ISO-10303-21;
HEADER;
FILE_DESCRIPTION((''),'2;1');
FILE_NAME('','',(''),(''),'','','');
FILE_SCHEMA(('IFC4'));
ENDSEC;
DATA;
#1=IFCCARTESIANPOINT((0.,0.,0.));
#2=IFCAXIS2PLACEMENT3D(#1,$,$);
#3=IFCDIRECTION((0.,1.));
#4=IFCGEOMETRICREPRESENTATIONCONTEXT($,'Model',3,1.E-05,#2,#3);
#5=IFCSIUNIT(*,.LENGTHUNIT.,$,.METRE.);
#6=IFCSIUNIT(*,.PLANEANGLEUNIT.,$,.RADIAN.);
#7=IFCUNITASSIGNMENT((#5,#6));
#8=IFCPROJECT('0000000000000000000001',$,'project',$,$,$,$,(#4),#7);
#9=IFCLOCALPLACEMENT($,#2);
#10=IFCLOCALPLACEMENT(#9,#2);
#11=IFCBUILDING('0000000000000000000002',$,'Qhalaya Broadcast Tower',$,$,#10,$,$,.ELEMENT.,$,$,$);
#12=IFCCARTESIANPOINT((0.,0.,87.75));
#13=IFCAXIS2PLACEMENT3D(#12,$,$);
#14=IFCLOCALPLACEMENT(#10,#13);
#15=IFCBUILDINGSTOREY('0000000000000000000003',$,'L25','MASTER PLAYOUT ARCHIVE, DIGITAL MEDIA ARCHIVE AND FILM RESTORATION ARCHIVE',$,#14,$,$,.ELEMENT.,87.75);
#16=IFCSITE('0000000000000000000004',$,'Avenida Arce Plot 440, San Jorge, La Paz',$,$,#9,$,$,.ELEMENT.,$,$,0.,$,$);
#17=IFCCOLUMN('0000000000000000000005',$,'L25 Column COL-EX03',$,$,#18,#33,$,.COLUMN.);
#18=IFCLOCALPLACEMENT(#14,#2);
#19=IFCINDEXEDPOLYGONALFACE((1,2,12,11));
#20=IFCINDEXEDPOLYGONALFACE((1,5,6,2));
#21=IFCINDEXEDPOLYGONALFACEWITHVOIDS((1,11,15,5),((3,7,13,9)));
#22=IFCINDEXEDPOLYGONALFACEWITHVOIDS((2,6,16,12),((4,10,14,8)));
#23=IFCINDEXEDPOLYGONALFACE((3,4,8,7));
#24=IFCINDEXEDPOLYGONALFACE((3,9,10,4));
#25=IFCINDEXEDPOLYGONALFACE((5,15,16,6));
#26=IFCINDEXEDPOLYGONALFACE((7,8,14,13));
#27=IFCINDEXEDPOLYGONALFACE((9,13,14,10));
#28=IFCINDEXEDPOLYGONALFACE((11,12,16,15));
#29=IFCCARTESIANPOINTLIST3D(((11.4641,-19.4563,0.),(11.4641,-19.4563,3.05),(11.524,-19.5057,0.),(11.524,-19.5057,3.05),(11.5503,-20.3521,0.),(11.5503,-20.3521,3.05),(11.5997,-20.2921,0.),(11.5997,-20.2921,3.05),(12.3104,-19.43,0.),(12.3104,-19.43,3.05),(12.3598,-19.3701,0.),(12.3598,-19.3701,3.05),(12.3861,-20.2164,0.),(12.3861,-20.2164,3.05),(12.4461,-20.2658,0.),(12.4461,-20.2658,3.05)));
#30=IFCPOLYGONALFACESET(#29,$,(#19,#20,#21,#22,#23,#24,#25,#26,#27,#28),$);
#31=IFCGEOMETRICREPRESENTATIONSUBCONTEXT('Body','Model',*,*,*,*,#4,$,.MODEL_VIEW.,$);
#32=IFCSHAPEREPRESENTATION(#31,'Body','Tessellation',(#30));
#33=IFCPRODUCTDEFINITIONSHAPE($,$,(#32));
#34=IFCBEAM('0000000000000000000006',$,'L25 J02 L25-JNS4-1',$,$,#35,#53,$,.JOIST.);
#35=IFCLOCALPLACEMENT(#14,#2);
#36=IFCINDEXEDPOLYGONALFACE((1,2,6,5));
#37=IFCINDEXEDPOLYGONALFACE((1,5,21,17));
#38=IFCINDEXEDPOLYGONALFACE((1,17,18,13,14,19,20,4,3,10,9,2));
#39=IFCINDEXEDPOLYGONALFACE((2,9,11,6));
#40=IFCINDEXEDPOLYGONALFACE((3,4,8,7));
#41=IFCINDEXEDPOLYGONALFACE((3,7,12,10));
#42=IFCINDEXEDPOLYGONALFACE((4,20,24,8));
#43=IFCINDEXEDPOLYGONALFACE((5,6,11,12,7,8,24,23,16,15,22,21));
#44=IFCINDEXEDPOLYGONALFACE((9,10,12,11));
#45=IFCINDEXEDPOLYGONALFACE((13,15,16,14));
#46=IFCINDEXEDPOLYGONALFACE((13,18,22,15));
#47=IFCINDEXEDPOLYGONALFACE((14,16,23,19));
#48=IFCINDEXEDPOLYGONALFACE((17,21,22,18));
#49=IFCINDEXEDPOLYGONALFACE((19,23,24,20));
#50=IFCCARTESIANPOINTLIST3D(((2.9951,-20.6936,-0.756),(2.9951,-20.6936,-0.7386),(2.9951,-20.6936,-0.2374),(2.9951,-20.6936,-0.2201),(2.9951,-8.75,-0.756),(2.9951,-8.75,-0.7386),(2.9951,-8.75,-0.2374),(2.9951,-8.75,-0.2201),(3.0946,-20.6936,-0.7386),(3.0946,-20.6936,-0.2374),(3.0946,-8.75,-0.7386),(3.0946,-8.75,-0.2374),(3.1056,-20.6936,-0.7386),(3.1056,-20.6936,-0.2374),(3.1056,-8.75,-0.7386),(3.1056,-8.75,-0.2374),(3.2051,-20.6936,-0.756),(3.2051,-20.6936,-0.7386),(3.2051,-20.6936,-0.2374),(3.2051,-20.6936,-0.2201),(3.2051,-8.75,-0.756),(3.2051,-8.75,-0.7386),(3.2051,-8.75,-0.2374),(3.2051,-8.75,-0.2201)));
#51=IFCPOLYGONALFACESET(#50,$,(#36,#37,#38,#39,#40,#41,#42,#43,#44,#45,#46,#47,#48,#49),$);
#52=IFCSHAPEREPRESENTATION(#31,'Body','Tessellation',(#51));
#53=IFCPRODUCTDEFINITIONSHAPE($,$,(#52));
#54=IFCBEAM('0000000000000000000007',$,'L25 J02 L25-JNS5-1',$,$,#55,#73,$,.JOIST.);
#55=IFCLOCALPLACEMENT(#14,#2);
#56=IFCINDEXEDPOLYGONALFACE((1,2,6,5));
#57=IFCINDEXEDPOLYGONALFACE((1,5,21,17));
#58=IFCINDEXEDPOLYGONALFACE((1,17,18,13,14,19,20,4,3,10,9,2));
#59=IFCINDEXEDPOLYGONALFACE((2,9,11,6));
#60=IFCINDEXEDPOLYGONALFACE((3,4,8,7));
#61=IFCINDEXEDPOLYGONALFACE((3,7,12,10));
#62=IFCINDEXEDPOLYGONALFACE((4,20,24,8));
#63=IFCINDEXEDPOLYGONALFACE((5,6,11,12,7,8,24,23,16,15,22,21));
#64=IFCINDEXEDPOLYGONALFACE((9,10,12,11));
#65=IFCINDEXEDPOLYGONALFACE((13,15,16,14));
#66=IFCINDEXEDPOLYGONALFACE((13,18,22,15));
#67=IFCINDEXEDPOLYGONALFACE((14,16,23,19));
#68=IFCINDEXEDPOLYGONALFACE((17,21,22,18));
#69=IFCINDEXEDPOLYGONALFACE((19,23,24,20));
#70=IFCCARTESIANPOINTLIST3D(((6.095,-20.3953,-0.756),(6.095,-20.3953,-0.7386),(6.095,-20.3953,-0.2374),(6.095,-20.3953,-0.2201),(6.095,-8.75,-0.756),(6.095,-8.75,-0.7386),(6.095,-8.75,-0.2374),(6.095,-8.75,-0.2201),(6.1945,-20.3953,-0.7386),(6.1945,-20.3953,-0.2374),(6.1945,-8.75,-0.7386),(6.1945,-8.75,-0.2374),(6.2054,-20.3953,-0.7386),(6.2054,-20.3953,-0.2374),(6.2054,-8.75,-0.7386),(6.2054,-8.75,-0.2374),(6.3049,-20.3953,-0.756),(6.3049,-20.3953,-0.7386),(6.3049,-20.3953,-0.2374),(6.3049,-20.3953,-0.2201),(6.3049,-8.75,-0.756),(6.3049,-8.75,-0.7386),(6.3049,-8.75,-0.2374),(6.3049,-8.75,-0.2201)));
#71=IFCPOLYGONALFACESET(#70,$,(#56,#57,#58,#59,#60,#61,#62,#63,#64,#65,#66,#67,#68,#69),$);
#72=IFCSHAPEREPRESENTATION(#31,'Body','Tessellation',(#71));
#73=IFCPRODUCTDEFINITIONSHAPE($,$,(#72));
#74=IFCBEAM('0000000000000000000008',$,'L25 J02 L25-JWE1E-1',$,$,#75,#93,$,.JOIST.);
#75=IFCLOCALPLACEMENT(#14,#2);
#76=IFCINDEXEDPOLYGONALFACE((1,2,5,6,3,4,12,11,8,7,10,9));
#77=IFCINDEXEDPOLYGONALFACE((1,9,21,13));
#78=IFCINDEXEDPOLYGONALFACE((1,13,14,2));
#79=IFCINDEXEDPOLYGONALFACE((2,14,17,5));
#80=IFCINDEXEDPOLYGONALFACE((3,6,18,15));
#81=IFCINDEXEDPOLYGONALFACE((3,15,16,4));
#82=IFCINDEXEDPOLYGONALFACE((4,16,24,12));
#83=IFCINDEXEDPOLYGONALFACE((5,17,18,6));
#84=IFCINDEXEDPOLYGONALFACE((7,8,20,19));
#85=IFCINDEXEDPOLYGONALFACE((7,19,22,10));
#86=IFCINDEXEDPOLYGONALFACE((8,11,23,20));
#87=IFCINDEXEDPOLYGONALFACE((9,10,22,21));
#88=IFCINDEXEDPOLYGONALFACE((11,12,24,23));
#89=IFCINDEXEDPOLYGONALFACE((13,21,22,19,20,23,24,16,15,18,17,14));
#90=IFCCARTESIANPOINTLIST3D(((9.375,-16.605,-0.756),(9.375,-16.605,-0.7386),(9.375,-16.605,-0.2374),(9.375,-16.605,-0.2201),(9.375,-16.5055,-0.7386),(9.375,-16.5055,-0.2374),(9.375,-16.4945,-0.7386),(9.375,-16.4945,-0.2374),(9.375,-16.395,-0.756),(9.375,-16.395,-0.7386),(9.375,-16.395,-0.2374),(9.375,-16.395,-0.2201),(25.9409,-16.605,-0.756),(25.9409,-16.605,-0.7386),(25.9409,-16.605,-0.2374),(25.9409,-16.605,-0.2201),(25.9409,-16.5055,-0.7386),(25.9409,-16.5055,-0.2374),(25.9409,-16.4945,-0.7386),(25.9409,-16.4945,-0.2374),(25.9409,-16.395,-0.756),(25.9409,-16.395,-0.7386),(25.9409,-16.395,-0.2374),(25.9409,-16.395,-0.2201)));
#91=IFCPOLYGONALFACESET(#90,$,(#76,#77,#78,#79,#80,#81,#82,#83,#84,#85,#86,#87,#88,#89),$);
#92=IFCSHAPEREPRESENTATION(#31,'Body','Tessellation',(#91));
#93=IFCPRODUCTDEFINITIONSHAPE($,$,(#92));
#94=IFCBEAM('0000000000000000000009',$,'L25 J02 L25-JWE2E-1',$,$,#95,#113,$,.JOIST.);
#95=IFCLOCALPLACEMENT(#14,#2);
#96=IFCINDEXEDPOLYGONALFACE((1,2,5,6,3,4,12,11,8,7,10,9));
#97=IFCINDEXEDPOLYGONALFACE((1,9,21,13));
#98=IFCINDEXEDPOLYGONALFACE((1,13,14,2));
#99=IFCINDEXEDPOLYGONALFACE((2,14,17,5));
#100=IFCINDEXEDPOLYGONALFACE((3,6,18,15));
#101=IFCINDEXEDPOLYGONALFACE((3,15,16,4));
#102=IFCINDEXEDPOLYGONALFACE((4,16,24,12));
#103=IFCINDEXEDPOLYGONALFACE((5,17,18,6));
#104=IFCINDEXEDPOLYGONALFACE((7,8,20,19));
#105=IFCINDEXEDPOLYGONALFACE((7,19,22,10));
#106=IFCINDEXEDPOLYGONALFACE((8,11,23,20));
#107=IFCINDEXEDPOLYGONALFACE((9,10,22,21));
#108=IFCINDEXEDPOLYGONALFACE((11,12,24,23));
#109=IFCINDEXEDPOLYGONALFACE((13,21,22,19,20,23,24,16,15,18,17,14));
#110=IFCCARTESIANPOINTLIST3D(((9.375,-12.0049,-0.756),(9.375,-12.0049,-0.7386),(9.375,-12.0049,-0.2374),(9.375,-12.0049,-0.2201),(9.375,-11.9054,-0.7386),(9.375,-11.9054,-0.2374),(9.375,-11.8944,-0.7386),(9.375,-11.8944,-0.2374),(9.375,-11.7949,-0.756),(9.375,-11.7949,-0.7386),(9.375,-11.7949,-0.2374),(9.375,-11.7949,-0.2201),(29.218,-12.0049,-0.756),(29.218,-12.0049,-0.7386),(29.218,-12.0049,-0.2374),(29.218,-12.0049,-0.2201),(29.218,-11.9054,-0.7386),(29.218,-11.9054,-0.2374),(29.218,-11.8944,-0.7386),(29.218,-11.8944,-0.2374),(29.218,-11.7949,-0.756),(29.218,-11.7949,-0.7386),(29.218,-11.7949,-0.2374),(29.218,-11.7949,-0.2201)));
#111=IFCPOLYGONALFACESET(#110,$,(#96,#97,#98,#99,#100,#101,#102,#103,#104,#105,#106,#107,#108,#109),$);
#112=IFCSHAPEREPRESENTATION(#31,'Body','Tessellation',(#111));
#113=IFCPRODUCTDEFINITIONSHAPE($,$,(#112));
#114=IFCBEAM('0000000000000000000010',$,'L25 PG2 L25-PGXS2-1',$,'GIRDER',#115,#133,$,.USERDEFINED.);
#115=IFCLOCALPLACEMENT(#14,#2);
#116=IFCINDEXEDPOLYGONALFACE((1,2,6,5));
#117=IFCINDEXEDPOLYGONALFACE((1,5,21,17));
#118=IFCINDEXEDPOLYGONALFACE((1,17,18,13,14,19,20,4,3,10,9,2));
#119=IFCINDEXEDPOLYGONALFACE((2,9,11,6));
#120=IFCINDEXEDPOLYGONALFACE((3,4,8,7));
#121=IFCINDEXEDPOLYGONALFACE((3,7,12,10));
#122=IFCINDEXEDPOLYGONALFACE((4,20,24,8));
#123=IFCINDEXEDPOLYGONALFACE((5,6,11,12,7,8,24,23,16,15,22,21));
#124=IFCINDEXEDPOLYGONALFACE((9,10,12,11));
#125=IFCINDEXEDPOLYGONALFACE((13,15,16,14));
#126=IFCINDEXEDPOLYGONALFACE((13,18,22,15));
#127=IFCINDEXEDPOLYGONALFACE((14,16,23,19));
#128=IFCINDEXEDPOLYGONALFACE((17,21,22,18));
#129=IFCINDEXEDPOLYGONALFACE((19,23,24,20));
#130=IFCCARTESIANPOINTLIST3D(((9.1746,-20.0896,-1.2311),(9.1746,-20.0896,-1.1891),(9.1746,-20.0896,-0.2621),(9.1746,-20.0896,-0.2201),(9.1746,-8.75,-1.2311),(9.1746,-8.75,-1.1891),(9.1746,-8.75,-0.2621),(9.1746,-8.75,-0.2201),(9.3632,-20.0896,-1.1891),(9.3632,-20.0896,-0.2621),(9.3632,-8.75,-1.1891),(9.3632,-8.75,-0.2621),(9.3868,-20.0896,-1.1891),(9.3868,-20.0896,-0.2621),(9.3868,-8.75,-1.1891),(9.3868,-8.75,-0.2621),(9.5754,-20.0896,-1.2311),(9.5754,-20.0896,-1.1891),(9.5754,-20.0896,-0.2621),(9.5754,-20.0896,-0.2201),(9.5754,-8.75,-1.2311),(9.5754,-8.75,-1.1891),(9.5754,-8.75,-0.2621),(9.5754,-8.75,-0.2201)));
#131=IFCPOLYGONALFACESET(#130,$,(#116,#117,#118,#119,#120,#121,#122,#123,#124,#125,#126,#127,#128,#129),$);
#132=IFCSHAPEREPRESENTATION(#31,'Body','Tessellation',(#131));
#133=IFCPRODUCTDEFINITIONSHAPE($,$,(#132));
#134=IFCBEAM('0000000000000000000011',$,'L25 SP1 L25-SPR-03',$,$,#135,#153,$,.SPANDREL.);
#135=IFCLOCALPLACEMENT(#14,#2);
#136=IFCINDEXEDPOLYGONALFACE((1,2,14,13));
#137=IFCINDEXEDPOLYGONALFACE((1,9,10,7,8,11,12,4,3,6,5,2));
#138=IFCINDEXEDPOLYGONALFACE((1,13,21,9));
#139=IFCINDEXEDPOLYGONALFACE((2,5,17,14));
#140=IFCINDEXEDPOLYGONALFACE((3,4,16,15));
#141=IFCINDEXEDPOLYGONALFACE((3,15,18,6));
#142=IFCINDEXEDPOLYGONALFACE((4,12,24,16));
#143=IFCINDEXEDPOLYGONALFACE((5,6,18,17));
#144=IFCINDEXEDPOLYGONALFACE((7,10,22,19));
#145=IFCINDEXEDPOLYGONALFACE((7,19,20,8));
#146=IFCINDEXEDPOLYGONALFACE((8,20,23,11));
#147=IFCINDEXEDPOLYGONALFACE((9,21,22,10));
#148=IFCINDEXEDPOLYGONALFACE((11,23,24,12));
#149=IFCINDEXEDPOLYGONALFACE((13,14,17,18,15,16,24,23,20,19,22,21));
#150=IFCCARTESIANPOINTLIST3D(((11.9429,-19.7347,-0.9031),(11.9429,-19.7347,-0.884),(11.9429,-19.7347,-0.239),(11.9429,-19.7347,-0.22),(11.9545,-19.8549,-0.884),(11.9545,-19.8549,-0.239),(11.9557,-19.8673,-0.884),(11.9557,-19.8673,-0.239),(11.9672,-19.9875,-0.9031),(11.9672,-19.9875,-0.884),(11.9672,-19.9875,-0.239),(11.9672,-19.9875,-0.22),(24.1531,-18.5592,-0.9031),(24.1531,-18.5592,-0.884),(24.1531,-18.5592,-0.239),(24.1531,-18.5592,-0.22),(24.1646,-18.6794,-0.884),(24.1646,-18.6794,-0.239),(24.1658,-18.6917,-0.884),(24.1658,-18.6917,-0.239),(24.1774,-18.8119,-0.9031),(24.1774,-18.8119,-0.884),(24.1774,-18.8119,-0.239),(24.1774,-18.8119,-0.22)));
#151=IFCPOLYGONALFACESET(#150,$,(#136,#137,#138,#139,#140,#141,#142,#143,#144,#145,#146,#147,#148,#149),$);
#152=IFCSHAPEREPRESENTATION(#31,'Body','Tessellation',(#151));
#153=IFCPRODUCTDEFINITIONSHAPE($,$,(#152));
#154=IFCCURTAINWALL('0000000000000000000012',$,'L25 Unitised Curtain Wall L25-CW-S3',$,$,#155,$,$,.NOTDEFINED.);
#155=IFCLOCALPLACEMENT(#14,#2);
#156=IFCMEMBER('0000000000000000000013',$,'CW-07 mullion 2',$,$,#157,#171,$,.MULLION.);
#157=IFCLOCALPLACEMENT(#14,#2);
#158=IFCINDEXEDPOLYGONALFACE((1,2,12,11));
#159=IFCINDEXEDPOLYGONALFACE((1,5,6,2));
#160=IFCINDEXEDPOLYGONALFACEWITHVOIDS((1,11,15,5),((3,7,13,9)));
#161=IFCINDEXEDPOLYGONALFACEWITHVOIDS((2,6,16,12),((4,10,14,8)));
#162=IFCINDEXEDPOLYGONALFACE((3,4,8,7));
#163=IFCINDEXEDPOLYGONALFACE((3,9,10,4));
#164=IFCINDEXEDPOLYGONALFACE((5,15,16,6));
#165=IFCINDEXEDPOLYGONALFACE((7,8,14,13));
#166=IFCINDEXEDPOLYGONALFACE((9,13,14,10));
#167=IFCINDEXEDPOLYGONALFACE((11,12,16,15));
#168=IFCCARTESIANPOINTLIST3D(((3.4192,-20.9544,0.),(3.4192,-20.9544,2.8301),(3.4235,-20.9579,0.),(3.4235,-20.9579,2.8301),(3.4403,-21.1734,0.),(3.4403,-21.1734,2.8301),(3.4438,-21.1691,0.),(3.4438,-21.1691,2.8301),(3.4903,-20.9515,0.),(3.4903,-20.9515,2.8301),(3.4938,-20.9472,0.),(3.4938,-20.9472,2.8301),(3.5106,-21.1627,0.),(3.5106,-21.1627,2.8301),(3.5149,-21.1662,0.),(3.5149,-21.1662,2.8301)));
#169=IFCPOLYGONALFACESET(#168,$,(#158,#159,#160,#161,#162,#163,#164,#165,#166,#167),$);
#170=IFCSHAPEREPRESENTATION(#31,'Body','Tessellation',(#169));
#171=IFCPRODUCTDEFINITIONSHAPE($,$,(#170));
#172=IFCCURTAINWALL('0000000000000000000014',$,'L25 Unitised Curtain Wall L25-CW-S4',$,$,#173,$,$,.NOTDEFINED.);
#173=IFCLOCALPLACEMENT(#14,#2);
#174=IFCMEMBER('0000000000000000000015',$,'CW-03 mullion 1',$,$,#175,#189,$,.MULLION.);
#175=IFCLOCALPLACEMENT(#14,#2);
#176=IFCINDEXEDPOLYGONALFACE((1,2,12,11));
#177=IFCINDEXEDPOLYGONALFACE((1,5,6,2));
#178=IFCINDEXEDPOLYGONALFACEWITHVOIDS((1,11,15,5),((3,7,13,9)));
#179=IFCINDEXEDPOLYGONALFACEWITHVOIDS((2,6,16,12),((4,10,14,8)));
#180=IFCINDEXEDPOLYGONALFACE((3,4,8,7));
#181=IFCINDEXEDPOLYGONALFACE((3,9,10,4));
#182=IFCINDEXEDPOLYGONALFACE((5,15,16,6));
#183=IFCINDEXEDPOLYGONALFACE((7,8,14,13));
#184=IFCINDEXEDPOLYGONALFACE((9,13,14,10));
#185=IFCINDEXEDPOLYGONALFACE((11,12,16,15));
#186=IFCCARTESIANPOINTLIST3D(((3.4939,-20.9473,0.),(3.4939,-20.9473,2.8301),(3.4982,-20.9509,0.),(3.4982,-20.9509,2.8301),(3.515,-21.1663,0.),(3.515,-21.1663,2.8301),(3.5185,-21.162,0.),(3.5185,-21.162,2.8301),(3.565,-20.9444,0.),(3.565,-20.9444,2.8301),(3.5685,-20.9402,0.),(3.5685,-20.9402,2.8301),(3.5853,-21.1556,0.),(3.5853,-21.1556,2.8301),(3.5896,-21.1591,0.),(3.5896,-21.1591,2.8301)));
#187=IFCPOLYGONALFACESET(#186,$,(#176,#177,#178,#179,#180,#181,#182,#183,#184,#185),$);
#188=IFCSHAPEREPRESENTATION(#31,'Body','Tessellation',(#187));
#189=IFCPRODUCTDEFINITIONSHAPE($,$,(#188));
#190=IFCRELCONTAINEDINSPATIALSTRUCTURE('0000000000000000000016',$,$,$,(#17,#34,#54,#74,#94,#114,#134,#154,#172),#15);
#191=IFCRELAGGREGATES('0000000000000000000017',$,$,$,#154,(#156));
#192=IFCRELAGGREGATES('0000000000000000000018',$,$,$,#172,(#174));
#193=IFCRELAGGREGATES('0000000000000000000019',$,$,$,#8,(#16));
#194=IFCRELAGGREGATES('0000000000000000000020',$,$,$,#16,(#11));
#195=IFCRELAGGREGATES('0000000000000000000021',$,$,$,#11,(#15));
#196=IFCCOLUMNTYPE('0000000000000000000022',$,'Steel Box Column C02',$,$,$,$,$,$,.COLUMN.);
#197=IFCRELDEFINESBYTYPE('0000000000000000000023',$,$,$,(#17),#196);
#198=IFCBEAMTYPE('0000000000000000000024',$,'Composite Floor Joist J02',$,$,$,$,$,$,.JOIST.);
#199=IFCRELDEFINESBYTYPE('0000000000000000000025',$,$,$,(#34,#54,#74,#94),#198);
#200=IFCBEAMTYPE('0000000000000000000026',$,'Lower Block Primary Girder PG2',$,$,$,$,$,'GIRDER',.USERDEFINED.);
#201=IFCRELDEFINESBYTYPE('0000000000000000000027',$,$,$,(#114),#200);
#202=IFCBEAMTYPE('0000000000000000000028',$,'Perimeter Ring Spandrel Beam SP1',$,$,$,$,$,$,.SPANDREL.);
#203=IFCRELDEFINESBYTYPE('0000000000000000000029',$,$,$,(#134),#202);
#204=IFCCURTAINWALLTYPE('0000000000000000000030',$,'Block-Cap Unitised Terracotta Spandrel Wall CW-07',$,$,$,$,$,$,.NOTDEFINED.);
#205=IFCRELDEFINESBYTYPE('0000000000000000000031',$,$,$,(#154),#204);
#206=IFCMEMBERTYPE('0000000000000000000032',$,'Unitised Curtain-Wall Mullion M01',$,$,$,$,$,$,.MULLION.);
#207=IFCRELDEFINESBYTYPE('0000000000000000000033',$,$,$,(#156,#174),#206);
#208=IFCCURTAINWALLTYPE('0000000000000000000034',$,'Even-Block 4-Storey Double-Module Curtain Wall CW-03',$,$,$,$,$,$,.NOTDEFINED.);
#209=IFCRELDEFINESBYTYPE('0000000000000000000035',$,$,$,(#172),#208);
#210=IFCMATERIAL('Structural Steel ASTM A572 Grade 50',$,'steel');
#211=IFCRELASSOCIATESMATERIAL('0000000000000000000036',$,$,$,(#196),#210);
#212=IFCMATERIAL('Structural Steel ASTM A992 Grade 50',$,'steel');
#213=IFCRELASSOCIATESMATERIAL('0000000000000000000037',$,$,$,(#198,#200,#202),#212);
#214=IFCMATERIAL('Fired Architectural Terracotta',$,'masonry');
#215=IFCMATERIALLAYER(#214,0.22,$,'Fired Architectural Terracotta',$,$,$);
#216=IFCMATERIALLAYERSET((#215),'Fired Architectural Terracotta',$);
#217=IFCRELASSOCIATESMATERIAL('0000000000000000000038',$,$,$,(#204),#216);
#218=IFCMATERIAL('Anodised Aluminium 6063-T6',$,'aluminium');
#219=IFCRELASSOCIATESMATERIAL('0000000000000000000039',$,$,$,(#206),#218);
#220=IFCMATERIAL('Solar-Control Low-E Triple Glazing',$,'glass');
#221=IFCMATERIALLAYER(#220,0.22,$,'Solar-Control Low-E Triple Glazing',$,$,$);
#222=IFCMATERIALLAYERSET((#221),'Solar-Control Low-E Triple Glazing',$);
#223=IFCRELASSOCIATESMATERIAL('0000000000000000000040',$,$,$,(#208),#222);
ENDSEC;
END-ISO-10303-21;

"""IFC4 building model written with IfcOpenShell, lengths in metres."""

from ifc_helpers import new_model, si_unit, direction, frame, origin, origin_2d, place, context, subcontext, project, spatial, hollow_rectangle, i_section, extrude, material, layer, layer_set, material_profile, profile_set, type_object, element, aggregate, save


model = new_model("IFC4")

# Units and contexts
model_context = context("Model", 3, precision=1e-05, world=origin(), true_north=direction((0.0, 1.0)))
body_context = subcontext(model_context, "Body", "Model", "MODEL_VIEW")
ifc_project = project(units=[si_unit("LENGTHUNIT", "METRE"), si_unit("PLANEANGLEUNIT", "RADIAN")], contexts=[model_context])

# Site, building, storey
site_placement = place(None, origin())
site = spatial("IfcSite", under=ifc_project, at=site_placement, Name="Avenida Arce Plot 440, San Jorge, La Paz", CompositionType="ELEMENT", RefElevation=0.0)
building_placement = place(site_placement, origin())
building = spatial("IfcBuilding", under=site, at=building_placement, Name="Qhalaya Broadcast Tower", CompositionType="ELEMENT")
storey_placement = place(building_placement, frame((0.0, 0.0, 87.75)))
storey = spatial("IfcBuildingStorey", under=building, at=storey_placement, Name="L25", Description="MASTER PLAYOUT ARCHIVE, DIGITAL MEDIA ARCHIVE AND FILM RESTORATION ARCHIVE", CompositionType="ELEMENT", Elevation=87.75)

# Column
ifc_material_1 = material(Name="Structural Steel ASTM A572 Grade 50", Category="steel")
ifc_material_profile_1 = material_profile(ifc_material_1, hollow_rectangle(XDim=0.8999, YDim=0.8999, WallThickness=0.0549, at=origin_2d()), Name="BOX 900x900x55")
ifc_profile_set_1 = profile_set([ifc_material_profile_1], Name="Structural Steel ASTM A572 Grade 50")
column_type = type_object("IfcColumnType", Name="Steel Box Column C02", PredefinedType="COLUMN", material=ifc_profile_set_1)
column_placement = place(storey_placement, frame((11.9551, -19.8611, 0.0), z_axis=(0.0, 0.0, 1.0), x_axis=(0.995396, 0.095846, 0.0)))
element("IfcColumn", 1, at=column_placement, inside=storey, type_object=column_type, Name="L25 Column COL-EX03", PredefinedType="COLUMN", context=body_context, shape_type="SweptSolid", body=[
    extrude(hollow_rectangle(XDim=0.8999, YDim=0.8999, WallThickness=0.0549, at=origin_2d()), origin(), (0.0, 0.0, 1.0), 3.05),
])

# Beams
ifc_material_2 = material(Name="Structural Steel ASTM A992 Grade 50", Category="steel")
ifc_material_profile_2 = material_profile(ifc_material_2, i_section(OverallWidth=0.21, OverallDepth=0.5359, WebThickness=0.011, FlangeThickness=0.0173, at=origin_2d()), Name="W21X68")
ifc_profile_set_2 = profile_set([ifc_material_profile_2], Name="Structural Steel ASTM A992 Grade 50")
beam_type_1 = type_object("IfcBeamType", Name="Composite Floor Joist J02", PredefinedType="JOIST", material=ifc_profile_set_2)
beam_1_placement = place(storey_placement, frame((3.1001, -20.6936, -0.488), z_axis=(0.0, 1.0, 0.0), x_axis=(-1.0, 0.0, 0.0)))
element("IfcBeam", 2, at=beam_1_placement, inside=storey, type_object=beam_type_1, Name="L25 J02 L25-JNS4-1", PredefinedType="JOIST", context=body_context, shape_type="SweptSolid", body=[
    extrude(i_section(OverallWidth=0.21, OverallDepth=0.5359, WebThickness=0.011, FlangeThickness=0.0173, at=origin_2d()), origin(), (0.0, 0.0, 1.0), 11.9436),
])
beam_2_placement = place(storey_placement, frame((6.2, -20.3953, -0.488), z_axis=(0.0, 1.0, 0.0), x_axis=(-1.0, 0.0, 0.0)))
element("IfcBeam", 3, at=beam_2_placement, inside=storey, type_object=beam_type_1, Name="L25 J02 L25-JNS5-1", PredefinedType="JOIST", context=body_context, shape_type="SweptSolid", body=[
    extrude(i_section(OverallWidth=0.21, OverallDepth=0.5359, WebThickness=0.011, FlangeThickness=0.0173, at=origin_2d()), origin(), (0.0, 0.0, 1.0), 11.6453),
])
beam_3_placement = place(storey_placement, frame((9.375, -16.5, -0.488), z_axis=(1.0, 0.0, 0.0), x_axis=(0.0, 1.0, 0.0)))
element("IfcBeam", 4, at=beam_3_placement, inside=storey, type_object=beam_type_1, Name="L25 J02 L25-JWE1E-1", PredefinedType="JOIST", context=body_context, shape_type="SweptSolid", body=[
    extrude(i_section(OverallWidth=0.21, OverallDepth=0.5359, WebThickness=0.011, FlangeThickness=0.0173, at=origin_2d()), origin(), (0.0, 0.0, 1.0), 16.5659),
])
beam_4_placement = place(storey_placement, frame((9.375, -11.8999, -0.488), z_axis=(1.0, 0.0, 0.0), x_axis=(0.0, 1.0, 0.0)))
element("IfcBeam", 5, at=beam_4_placement, inside=storey, type_object=beam_type_1, Name="L25 J02 L25-JWE2E-1", PredefinedType="JOIST", context=body_context, shape_type="SweptSolid", body=[
    extrude(i_section(OverallWidth=0.21, OverallDepth=0.5359, WebThickness=0.011, FlangeThickness=0.0173, at=origin_2d()), origin(), (0.0, 0.0, 1.0), 19.843),
])
ifc_material_profile_3 = material_profile(ifc_material_2, i_section(OverallWidth=0.4009, OverallDepth=1.011, WebThickness=0.0237, FlangeThickness=0.042, at=origin_2d()), Name="W40X297")
ifc_profile_set_3 = profile_set([ifc_material_profile_3], Name="Structural Steel ASTM A992 Grade 50")
beam_type_2 = type_object("IfcBeamType", Name="Lower Block Primary Girder PG2", ElementType="GIRDER", PredefinedType="USERDEFINED", material=ifc_profile_set_3)
beam_5_placement = place(storey_placement, frame((9.375, -20.0896, -0.7256), z_axis=(0.0, 1.0, 0.0), x_axis=(-1.0, 0.0, 0.0)))
element("IfcBeam", 6, at=beam_5_placement, inside=storey, type_object=beam_type_2, Name="L25 PG2 L25-PGXS2-1", ObjectType="GIRDER", PredefinedType="USERDEFINED", context=body_context, shape_type="SweptSolid", body=[
    extrude(i_section(OverallWidth=0.4009, OverallDepth=1.011, WebThickness=0.0237, FlangeThickness=0.042, at=origin_2d()), origin(), (0.0, 0.0, 1.0), 11.3396),
])
ifc_material_profile_4 = material_profile(ifc_material_2, i_section(OverallWidth=0.2539, OverallDepth=0.6831, WebThickness=0.0125, FlangeThickness=0.019, at=origin_2d()), Name="W27X94")
ifc_profile_set_4 = profile_set([ifc_material_profile_4], Name="Structural Steel ASTM A992 Grade 50")
beam_type_3 = type_object("IfcBeamType", Name="Perimeter Ring Spandrel Beam SP1", PredefinedType="SPANDREL", material=ifc_profile_set_4)
beam_6_placement = place(storey_placement, frame((11.9551, -19.8611, -0.5615), z_axis=(0.995398, 0.095832, 0.0), x_axis=(-0.095832, 0.995398, 0.0)))
element("IfcBeam", 7, at=beam_6_placement, inside=storey, type_object=beam_type_3, Name="L25 SP1 L25-SPR-03", PredefinedType="SPANDREL", context=body_context, shape_type="SweptSolid", body=[
    extrude(i_section(OverallWidth=0.2539, OverallDepth=0.6831, WebThickness=0.0125, FlangeThickness=0.019, at=origin_2d()), origin(), (0.0, 0.0, 1.0), 12.2666),
])

# Curtain wall, member
ifc_material_3 = material(Name="Fired Architectural Terracotta", Category="masonry")
ifc_layer_1 = layer(ifc_material_3, 0.22, Name="Fired Architectural Terracotta")
ifc_layer_set_1 = layer_set([ifc_layer_1], Name="Fired Architectural Terracotta")
curtain_wall_type_1 = type_object("IfcCurtainWallType", Name="Block-Cap Unitised Terracotta Spandrel Wall CW-07", PredefinedType="NOTDEFINED", material=ifc_layer_set_1)
curtain_wall_1_placement = place(storey_placement, origin())
curtain_wall_1 = element("IfcCurtainWall", 8, at=curtain_wall_1_placement, inside=storey, type_object=curtain_wall_type_1, Name="L25 Unitised Curtain Wall L25-CW-S3", PredefinedType="NOTDEFINED")
ifc_material_4 = material(Name="Anodised Aluminium 6063-T6", Category="aluminium")
ifc_material_profile_5 = material_profile(ifc_material_4, hollow_rectangle(XDim=0.075, YDim=0.22, WallThickness=0.0039, at=origin_2d()), Name="ALU-MUL 75x220x4")
ifc_profile_set_5 = profile_set([ifc_material_profile_5], Name="Anodised Aluminium 6063-T6")
member_type_1 = type_object("IfcMemberType", Name="Unitised Curtain-Wall Mullion M01", PredefinedType="MULLION", material=ifc_profile_set_5)
member_1_placement = place(storey_placement, frame((3.467, -21.0603, 0.0), z_axis=(0.0, 0.0, 1.0), x_axis=(0.995397, 0.095838, 0.0)))
member_1 = element("IfcMember", 9, at=member_1_placement, type_object=member_type_1, Name="CW-07 mullion 2", PredefinedType="MULLION", context=body_context, shape_type="SweptSolid", body=[
    extrude(hollow_rectangle(XDim=0.075, YDim=0.22, WallThickness=0.0039, at=origin_2d()), origin(), (0.0, 0.0, 1.0), 2.8301),
])
aggregate(curtain_wall_1, [member_1])

# Curtain wall, member
ifc_material_5 = material(Name="Solar-Control Low-E Triple Glazing", Category="glass")
ifc_layer_2 = layer(ifc_material_5, 0.22, Name="Solar-Control Low-E Triple Glazing")
ifc_layer_set_2 = layer_set([ifc_layer_2], Name="Solar-Control Low-E Triple Glazing")
curtain_wall_type_2 = type_object("IfcCurtainWallType", Name="Even-Block 4-Storey Double-Module Curtain Wall CW-03", PredefinedType="NOTDEFINED", material=ifc_layer_set_2)
curtain_wall_2_placement = place(storey_placement, origin())
curtain_wall_2 = element("IfcCurtainWall", 10, at=curtain_wall_2_placement, inside=storey, type_object=curtain_wall_type_2, Name="L25 Unitised Curtain Wall L25-CW-S4", PredefinedType="NOTDEFINED")
member_2_placement = place(storey_placement, frame((3.5417, -21.0532, 0.0), z_axis=(0.0, 0.0, 1.0), x_axis=(0.995395, 0.095862, 0.0)))
member_2 = element("IfcMember", 11, at=member_2_placement, type_object=member_type_1, Name="CW-03 mullion 1", PredefinedType="MULLION", context=body_context, shape_type="SweptSolid", body=[
    extrude(hollow_rectangle(XDim=0.075, YDim=0.22, WallThickness=0.0039, at=origin_2d()), origin(), (0.0, 0.0, 1.0), 2.8301),
])

aggregate(curtain_wall_2, [member_2])

save(model, "model.ifc")
